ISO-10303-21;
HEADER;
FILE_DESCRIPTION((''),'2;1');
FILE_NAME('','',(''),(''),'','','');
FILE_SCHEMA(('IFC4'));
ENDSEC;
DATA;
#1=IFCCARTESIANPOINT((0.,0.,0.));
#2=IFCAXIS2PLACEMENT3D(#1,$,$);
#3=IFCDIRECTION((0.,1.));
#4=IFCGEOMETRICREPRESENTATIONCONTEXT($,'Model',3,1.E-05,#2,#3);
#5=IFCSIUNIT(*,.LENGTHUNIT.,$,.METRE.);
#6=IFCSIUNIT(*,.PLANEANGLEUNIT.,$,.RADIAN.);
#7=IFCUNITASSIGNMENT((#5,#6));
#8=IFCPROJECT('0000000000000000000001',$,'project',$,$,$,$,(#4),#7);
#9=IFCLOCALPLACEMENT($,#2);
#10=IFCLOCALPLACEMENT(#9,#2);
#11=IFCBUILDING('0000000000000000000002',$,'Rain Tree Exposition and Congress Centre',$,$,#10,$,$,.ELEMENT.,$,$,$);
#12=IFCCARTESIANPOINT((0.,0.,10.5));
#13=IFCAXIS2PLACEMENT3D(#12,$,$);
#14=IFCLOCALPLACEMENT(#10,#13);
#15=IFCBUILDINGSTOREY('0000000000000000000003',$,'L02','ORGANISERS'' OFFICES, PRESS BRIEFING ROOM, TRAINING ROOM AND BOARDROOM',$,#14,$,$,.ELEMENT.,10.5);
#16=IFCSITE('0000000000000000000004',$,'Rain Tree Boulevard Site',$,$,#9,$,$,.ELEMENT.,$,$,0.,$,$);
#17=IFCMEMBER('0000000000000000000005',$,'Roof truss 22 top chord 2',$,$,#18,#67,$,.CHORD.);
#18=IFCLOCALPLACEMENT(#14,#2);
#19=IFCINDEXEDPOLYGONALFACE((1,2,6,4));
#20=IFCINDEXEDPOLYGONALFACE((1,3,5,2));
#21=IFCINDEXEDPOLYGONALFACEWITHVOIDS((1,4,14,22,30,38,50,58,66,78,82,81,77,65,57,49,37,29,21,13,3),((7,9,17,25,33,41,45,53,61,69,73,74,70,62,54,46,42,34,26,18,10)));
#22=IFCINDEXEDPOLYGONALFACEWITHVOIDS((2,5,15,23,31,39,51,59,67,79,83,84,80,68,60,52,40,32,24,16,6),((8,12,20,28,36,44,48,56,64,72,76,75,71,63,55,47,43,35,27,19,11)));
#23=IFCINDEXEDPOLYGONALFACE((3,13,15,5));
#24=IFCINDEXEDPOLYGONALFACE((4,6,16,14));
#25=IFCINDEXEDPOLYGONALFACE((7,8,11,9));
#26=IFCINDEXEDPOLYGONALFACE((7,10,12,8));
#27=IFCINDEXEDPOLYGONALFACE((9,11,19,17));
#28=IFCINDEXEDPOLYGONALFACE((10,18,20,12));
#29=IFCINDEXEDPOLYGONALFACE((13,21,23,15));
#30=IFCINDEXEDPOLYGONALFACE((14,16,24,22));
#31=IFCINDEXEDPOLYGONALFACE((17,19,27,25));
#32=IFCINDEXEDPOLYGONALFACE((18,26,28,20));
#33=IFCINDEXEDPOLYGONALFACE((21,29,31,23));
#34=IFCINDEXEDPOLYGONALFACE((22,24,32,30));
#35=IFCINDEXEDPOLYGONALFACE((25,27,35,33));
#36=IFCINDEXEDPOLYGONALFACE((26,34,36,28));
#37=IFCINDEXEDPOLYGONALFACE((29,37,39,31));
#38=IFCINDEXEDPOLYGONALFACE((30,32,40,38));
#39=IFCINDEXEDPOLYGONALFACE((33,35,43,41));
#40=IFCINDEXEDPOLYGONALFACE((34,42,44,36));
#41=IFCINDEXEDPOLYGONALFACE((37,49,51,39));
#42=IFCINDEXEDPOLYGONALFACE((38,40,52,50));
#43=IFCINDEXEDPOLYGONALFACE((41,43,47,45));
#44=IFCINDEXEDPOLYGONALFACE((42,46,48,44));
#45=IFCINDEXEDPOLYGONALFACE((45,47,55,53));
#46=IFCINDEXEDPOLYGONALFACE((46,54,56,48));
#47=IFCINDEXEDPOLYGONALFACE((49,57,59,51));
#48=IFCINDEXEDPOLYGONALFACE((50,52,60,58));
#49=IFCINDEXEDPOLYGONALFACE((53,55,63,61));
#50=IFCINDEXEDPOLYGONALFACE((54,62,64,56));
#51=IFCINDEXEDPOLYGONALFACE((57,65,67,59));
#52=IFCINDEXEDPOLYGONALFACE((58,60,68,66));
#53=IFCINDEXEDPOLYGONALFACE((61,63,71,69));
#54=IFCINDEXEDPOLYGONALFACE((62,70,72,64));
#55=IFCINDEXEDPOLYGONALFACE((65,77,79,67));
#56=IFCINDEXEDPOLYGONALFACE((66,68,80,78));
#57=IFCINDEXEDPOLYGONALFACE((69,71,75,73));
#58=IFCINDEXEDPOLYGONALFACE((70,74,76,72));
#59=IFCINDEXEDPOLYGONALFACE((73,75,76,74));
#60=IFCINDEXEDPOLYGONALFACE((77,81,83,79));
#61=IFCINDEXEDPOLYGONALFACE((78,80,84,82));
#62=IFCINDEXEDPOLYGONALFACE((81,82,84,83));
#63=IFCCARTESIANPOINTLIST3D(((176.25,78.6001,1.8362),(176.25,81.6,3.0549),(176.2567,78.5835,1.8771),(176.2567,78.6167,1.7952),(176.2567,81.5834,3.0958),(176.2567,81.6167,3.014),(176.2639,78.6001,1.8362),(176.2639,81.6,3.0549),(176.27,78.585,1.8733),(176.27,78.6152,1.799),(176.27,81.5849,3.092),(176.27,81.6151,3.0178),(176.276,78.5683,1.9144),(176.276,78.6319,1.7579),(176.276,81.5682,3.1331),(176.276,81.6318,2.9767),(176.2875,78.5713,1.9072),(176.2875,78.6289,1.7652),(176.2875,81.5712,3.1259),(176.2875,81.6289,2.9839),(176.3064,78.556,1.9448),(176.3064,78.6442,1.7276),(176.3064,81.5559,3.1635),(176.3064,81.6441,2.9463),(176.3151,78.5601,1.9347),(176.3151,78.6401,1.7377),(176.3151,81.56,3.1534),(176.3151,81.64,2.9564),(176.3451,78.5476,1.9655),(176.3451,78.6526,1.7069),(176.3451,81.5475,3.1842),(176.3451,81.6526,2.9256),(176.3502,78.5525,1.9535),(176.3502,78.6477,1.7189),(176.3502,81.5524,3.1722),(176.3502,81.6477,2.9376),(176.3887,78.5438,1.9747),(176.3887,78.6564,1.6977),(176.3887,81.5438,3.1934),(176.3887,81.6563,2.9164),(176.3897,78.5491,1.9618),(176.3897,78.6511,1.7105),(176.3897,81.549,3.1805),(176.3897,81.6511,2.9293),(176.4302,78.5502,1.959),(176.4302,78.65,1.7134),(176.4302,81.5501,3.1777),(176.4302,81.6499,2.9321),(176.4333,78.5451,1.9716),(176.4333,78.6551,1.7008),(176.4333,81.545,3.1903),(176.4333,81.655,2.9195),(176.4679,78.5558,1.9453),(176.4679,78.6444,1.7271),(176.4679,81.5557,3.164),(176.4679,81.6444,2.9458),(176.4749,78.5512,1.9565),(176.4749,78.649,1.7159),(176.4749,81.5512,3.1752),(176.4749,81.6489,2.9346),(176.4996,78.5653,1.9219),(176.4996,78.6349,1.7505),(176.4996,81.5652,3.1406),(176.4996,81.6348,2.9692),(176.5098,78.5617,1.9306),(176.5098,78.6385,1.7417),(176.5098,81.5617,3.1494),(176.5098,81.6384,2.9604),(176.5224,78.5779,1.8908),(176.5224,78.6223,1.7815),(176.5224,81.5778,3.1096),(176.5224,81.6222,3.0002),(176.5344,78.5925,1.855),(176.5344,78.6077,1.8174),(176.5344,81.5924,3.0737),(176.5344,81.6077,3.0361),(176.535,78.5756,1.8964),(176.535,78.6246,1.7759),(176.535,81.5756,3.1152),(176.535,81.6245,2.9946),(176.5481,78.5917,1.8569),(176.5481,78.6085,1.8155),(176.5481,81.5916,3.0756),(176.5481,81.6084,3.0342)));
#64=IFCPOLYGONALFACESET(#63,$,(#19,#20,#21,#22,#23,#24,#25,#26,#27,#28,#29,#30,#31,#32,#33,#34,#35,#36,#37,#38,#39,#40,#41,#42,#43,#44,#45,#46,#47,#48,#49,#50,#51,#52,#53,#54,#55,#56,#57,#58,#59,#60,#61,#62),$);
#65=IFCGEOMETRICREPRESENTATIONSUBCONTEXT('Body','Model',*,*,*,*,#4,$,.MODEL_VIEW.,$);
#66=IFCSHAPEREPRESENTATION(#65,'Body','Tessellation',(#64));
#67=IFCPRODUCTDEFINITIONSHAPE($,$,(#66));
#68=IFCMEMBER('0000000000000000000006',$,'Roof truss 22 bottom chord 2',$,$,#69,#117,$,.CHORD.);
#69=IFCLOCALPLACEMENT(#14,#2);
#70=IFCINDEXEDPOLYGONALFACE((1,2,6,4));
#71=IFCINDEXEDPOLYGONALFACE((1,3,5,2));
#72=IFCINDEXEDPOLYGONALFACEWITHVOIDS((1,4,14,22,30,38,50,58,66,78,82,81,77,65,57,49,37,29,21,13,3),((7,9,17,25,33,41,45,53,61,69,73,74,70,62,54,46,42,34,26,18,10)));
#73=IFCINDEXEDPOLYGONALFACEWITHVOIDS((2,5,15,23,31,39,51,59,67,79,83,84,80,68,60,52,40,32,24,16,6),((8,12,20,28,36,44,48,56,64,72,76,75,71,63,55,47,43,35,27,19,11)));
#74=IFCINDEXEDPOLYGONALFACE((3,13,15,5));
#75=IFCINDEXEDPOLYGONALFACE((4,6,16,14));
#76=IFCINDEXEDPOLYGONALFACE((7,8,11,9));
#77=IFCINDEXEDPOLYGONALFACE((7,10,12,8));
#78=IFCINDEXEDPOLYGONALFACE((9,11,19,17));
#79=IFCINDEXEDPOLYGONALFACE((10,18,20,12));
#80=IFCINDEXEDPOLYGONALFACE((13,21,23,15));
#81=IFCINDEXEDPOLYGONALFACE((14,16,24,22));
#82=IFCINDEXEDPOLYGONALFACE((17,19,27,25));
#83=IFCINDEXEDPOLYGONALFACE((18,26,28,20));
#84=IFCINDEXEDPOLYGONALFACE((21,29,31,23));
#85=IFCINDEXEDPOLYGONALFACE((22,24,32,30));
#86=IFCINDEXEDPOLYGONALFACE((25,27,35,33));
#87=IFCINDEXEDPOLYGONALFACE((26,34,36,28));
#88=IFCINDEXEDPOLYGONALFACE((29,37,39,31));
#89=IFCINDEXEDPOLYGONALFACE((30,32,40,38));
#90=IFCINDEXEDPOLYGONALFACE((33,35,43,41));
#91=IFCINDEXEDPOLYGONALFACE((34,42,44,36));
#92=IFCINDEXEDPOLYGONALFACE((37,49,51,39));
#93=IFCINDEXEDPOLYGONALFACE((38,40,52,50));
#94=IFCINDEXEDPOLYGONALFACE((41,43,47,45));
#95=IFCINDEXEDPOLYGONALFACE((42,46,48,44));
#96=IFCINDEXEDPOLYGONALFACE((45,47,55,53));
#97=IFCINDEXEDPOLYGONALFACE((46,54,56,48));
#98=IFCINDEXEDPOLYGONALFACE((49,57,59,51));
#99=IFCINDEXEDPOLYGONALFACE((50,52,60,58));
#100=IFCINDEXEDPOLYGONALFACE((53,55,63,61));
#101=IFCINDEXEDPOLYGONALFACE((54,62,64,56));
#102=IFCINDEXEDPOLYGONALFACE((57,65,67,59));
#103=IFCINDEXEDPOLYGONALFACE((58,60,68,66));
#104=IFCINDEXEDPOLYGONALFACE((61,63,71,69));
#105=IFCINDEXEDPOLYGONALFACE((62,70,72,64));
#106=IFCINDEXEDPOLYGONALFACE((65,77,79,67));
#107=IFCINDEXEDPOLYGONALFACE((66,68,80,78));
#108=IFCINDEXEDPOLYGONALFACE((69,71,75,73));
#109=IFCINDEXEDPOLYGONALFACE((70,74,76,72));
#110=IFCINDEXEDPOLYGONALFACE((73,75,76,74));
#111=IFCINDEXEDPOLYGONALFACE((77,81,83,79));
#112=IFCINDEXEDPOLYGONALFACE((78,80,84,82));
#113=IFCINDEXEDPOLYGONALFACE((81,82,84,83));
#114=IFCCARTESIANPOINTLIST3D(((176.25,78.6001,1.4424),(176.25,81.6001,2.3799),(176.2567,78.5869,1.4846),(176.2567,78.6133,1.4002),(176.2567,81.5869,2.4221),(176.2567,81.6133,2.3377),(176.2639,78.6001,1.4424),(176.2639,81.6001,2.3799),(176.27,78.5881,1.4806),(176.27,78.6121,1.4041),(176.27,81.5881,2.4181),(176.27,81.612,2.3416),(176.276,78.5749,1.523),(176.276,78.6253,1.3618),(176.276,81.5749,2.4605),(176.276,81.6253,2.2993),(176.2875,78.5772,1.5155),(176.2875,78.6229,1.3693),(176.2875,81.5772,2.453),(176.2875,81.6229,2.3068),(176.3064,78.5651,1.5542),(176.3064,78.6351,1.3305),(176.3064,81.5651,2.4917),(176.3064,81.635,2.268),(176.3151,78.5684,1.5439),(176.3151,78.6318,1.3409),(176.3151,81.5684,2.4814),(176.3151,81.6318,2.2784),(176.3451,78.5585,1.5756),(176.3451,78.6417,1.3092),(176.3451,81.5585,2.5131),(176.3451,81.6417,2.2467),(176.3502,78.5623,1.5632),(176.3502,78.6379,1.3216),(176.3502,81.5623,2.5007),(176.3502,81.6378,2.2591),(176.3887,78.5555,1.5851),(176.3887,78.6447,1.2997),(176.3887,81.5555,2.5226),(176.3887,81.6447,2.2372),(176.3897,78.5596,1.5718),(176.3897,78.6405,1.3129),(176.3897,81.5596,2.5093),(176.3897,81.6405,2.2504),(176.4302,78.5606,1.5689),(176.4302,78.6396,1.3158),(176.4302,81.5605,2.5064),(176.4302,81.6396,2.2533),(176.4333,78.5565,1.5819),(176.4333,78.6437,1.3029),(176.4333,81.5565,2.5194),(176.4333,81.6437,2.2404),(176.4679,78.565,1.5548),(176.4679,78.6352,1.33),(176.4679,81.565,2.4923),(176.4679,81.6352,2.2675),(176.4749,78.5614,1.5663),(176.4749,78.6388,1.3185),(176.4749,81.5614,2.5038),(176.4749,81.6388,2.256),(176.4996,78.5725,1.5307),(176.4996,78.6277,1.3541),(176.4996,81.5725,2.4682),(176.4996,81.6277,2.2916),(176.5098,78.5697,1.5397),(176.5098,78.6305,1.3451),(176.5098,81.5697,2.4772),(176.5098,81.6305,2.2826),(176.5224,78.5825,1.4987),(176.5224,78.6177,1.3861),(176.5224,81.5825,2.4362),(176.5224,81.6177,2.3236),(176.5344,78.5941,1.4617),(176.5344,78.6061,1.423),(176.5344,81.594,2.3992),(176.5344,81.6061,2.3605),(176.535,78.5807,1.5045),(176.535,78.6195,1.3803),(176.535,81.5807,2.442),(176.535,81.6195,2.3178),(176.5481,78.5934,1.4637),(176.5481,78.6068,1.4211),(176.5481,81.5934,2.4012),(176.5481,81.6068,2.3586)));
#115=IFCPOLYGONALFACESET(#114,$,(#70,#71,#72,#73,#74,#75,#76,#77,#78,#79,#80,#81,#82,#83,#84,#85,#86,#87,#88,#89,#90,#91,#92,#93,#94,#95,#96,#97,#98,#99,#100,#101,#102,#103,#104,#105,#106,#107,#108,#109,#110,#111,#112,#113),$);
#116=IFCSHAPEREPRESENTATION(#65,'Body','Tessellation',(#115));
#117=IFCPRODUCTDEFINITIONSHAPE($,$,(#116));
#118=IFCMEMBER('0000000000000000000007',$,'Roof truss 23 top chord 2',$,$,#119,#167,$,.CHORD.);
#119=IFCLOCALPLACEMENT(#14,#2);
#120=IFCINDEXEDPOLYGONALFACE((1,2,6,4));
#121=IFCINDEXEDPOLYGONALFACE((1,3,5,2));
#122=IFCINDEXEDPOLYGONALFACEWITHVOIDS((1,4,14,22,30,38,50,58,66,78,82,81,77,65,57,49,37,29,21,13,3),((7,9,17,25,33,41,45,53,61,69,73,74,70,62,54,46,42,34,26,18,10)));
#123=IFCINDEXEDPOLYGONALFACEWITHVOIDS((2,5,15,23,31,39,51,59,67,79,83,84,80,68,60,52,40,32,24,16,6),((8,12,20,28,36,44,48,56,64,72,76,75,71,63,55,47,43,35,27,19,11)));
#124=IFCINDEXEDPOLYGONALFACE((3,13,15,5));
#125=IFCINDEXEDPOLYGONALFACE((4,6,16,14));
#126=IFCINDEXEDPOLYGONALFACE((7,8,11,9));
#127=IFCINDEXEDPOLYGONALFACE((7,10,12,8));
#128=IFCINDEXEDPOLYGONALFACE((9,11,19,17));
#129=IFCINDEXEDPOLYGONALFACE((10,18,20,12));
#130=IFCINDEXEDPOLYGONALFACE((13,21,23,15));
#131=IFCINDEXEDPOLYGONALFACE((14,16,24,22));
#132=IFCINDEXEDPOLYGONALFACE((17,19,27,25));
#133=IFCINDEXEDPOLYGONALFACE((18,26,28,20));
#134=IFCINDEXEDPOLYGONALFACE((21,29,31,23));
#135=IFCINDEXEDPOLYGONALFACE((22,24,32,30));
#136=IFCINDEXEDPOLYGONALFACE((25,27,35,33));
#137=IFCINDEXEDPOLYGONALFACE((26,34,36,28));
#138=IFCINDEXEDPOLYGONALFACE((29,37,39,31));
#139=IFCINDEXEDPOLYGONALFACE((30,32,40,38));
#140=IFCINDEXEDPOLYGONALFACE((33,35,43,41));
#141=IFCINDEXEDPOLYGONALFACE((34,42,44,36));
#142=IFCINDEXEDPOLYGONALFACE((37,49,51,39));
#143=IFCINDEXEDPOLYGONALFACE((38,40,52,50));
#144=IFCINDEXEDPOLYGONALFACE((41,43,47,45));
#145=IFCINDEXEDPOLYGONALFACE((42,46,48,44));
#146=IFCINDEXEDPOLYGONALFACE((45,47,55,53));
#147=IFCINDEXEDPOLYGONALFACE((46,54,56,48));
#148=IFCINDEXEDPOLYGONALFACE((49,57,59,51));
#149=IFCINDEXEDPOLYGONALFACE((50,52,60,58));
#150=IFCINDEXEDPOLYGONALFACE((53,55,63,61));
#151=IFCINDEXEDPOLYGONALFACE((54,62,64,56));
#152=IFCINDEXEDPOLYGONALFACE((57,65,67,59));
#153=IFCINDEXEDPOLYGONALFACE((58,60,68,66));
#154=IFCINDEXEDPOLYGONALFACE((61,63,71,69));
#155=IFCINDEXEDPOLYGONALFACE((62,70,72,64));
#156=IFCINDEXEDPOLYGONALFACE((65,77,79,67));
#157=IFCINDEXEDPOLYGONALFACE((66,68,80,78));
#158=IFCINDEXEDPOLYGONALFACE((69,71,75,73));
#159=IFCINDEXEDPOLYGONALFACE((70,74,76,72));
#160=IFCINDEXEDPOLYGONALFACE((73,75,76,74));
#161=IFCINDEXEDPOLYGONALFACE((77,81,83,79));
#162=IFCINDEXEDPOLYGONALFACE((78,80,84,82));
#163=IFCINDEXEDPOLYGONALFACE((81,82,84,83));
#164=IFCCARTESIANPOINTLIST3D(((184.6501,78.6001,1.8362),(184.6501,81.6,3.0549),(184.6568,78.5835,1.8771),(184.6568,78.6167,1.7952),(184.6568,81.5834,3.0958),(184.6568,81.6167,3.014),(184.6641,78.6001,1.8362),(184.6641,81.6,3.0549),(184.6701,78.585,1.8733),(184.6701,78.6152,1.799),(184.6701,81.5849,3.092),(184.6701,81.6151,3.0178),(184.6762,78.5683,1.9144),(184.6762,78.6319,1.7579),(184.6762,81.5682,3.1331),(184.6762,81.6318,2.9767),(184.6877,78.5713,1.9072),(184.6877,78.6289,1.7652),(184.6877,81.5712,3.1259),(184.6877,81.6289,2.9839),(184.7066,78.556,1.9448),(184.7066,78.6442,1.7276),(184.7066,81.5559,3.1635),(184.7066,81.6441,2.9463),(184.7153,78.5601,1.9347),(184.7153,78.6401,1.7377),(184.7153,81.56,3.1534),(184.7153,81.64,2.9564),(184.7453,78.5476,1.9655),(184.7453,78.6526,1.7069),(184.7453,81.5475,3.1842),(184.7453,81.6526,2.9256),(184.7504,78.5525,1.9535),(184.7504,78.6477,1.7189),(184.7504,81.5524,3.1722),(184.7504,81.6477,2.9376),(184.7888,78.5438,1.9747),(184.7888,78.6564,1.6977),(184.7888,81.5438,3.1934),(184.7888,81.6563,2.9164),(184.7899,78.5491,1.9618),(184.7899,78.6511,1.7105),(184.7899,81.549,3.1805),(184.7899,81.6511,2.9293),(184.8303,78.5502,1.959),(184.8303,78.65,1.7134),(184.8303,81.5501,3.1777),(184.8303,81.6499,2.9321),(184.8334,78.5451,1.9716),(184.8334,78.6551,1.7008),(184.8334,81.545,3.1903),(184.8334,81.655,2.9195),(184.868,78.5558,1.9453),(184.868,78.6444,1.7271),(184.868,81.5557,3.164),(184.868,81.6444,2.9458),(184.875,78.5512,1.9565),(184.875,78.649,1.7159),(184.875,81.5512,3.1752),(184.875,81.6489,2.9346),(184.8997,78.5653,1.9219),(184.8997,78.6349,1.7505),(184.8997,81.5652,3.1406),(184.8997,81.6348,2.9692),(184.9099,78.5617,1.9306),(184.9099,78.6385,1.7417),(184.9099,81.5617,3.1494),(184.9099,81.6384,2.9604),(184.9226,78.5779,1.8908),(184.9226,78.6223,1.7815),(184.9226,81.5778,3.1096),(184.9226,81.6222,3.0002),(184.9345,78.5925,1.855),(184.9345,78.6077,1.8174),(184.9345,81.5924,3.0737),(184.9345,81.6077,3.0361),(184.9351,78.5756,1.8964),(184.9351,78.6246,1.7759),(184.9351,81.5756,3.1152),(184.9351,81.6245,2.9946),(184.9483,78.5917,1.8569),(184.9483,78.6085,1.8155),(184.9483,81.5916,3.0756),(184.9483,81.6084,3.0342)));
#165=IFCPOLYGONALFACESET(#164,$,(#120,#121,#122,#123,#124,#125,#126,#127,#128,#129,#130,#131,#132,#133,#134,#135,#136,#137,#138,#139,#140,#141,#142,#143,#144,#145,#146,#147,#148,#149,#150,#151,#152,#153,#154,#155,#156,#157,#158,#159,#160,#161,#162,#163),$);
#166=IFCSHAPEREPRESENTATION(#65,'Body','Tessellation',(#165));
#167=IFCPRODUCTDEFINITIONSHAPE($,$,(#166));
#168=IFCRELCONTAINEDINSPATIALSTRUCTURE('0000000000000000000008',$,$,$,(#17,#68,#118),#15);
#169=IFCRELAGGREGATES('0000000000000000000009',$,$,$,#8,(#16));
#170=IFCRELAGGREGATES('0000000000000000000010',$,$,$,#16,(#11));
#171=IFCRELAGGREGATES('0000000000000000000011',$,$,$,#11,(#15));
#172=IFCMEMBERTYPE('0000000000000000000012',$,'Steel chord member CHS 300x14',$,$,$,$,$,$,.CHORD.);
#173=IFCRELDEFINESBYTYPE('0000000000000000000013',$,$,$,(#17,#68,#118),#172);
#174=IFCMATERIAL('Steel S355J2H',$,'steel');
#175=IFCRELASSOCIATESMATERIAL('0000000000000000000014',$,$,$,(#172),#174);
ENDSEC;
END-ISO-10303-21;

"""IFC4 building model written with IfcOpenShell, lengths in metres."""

from ifc_helpers import new_model, si_unit, direction, frame, origin, origin_2d, place, context, subcontext, project, spatial, hollow_circle, extrude, material, material_profile, profile_set, type_object, element, save


model = new_model("IFC4")

# Units and contexts
model_context = context("Model", 3, precision=1e-05, world=origin(), true_north=direction((0.0, 1.0)))
body_context = subcontext(model_context, "Body", "Model", "MODEL_VIEW")
ifc_project = project(units=[si_unit("LENGTHUNIT", "METRE"), si_unit("PLANEANGLEUNIT", "RADIAN")], contexts=[model_context])

# Site, building, storey
site_placement = place(None, origin())
site = spatial("IfcSite", under=ifc_project, at=site_placement, Name="Rain Tree Boulevard Site", CompositionType="ELEMENT", RefElevation=0.0)
building_placement = place(site_placement, origin())
building = spatial("IfcBuilding", under=site, at=building_placement, Name="Rain Tree Exposition and Congress Centre", CompositionType="ELEMENT")
storey_placement = place(building_placement, frame((0.0, 0.0, 10.5)))
storey = spatial("IfcBuildingStorey", under=building, at=storey_placement, Name="L02", Description="ORGANISERS' OFFICES, PRESS BRIEFING ROOM, TRAINING ROOM AND BOARDROOM", CompositionType="ELEMENT", Elevation=10.5)

# Members
ifc_material_1 = material(Name="Steel S355J2H", Category="steel")
ifc_material_profile_1 = material_profile(ifc_material_1, hollow_circle(Radius=0.1499, WallThickness=0.0139, at=origin_2d()), Name="CHS 300x14")
ifc_profile_set_1 = profile_set([ifc_material_profile_1], Name="Steel S355J2H")
member_type_1 = type_object("IfcMemberType", Name="Steel chord member CHS 300x14", PredefinedType="CHORD", material=ifc_profile_set_1)
member_1_placement = place(storey_placement, frame((176.3999, 78.6001, 1.8362), z_axis=(0.0, 0.926467, 0.376377), x_axis=(-1.0, 0.0, 0.0)))
element("IfcMember", 1, at=member_1_placement, inside=storey, type_object=member_type_1, Name="Roof truss 22 top chord 2", PredefinedType="CHORD", context=body_context, shape_type="SweptSolid", body=[
    extrude(hollow_circle(Radius=0.1499, WallThickness=0.0139, at=origin_2d()), origin(), (0.0, 0.0, 1.0), 3.238),
])
member_2_placement = place(storey_placement, frame((176.3999, 78.6001, 1.4424), z_axis=(0.0, 0.95448, 0.298275), x_axis=(-1.0, 0.0, 0.0)))
element("IfcMember", 2, at=member_2_placement, inside=storey, type_object=member_type_1, Name="Roof truss 22 bottom chord 2", PredefinedType="CHORD", context=body_context, shape_type="SweptSolid", body=[
    extrude(hollow_circle(Radius=0.1499, WallThickness=0.0139, at=origin_2d()), origin(), (0.0, 0.0, 1.0), 3.1431),
])
member_3_placement = place(storey_placement, frame((184.8, 78.6001, 1.8362), z_axis=(0.0, 0.926467, 0.376377), x_axis=(-1.0, 0.0, 0.0)))
element("IfcMember", 3, at=member_3_placement, inside=storey, type_object=member_type_1, Name="Roof truss 23 top chord 2", PredefinedType="CHORD", context=body_context, shape_type="SweptSolid", body=[
    extrude(hollow_circle(Radius=0.1499, WallThickness=0.0139, at=origin_2d()), origin(), (0.0, 0.0, 1.0), 3.238),
])

save(model, "model.ifc")
